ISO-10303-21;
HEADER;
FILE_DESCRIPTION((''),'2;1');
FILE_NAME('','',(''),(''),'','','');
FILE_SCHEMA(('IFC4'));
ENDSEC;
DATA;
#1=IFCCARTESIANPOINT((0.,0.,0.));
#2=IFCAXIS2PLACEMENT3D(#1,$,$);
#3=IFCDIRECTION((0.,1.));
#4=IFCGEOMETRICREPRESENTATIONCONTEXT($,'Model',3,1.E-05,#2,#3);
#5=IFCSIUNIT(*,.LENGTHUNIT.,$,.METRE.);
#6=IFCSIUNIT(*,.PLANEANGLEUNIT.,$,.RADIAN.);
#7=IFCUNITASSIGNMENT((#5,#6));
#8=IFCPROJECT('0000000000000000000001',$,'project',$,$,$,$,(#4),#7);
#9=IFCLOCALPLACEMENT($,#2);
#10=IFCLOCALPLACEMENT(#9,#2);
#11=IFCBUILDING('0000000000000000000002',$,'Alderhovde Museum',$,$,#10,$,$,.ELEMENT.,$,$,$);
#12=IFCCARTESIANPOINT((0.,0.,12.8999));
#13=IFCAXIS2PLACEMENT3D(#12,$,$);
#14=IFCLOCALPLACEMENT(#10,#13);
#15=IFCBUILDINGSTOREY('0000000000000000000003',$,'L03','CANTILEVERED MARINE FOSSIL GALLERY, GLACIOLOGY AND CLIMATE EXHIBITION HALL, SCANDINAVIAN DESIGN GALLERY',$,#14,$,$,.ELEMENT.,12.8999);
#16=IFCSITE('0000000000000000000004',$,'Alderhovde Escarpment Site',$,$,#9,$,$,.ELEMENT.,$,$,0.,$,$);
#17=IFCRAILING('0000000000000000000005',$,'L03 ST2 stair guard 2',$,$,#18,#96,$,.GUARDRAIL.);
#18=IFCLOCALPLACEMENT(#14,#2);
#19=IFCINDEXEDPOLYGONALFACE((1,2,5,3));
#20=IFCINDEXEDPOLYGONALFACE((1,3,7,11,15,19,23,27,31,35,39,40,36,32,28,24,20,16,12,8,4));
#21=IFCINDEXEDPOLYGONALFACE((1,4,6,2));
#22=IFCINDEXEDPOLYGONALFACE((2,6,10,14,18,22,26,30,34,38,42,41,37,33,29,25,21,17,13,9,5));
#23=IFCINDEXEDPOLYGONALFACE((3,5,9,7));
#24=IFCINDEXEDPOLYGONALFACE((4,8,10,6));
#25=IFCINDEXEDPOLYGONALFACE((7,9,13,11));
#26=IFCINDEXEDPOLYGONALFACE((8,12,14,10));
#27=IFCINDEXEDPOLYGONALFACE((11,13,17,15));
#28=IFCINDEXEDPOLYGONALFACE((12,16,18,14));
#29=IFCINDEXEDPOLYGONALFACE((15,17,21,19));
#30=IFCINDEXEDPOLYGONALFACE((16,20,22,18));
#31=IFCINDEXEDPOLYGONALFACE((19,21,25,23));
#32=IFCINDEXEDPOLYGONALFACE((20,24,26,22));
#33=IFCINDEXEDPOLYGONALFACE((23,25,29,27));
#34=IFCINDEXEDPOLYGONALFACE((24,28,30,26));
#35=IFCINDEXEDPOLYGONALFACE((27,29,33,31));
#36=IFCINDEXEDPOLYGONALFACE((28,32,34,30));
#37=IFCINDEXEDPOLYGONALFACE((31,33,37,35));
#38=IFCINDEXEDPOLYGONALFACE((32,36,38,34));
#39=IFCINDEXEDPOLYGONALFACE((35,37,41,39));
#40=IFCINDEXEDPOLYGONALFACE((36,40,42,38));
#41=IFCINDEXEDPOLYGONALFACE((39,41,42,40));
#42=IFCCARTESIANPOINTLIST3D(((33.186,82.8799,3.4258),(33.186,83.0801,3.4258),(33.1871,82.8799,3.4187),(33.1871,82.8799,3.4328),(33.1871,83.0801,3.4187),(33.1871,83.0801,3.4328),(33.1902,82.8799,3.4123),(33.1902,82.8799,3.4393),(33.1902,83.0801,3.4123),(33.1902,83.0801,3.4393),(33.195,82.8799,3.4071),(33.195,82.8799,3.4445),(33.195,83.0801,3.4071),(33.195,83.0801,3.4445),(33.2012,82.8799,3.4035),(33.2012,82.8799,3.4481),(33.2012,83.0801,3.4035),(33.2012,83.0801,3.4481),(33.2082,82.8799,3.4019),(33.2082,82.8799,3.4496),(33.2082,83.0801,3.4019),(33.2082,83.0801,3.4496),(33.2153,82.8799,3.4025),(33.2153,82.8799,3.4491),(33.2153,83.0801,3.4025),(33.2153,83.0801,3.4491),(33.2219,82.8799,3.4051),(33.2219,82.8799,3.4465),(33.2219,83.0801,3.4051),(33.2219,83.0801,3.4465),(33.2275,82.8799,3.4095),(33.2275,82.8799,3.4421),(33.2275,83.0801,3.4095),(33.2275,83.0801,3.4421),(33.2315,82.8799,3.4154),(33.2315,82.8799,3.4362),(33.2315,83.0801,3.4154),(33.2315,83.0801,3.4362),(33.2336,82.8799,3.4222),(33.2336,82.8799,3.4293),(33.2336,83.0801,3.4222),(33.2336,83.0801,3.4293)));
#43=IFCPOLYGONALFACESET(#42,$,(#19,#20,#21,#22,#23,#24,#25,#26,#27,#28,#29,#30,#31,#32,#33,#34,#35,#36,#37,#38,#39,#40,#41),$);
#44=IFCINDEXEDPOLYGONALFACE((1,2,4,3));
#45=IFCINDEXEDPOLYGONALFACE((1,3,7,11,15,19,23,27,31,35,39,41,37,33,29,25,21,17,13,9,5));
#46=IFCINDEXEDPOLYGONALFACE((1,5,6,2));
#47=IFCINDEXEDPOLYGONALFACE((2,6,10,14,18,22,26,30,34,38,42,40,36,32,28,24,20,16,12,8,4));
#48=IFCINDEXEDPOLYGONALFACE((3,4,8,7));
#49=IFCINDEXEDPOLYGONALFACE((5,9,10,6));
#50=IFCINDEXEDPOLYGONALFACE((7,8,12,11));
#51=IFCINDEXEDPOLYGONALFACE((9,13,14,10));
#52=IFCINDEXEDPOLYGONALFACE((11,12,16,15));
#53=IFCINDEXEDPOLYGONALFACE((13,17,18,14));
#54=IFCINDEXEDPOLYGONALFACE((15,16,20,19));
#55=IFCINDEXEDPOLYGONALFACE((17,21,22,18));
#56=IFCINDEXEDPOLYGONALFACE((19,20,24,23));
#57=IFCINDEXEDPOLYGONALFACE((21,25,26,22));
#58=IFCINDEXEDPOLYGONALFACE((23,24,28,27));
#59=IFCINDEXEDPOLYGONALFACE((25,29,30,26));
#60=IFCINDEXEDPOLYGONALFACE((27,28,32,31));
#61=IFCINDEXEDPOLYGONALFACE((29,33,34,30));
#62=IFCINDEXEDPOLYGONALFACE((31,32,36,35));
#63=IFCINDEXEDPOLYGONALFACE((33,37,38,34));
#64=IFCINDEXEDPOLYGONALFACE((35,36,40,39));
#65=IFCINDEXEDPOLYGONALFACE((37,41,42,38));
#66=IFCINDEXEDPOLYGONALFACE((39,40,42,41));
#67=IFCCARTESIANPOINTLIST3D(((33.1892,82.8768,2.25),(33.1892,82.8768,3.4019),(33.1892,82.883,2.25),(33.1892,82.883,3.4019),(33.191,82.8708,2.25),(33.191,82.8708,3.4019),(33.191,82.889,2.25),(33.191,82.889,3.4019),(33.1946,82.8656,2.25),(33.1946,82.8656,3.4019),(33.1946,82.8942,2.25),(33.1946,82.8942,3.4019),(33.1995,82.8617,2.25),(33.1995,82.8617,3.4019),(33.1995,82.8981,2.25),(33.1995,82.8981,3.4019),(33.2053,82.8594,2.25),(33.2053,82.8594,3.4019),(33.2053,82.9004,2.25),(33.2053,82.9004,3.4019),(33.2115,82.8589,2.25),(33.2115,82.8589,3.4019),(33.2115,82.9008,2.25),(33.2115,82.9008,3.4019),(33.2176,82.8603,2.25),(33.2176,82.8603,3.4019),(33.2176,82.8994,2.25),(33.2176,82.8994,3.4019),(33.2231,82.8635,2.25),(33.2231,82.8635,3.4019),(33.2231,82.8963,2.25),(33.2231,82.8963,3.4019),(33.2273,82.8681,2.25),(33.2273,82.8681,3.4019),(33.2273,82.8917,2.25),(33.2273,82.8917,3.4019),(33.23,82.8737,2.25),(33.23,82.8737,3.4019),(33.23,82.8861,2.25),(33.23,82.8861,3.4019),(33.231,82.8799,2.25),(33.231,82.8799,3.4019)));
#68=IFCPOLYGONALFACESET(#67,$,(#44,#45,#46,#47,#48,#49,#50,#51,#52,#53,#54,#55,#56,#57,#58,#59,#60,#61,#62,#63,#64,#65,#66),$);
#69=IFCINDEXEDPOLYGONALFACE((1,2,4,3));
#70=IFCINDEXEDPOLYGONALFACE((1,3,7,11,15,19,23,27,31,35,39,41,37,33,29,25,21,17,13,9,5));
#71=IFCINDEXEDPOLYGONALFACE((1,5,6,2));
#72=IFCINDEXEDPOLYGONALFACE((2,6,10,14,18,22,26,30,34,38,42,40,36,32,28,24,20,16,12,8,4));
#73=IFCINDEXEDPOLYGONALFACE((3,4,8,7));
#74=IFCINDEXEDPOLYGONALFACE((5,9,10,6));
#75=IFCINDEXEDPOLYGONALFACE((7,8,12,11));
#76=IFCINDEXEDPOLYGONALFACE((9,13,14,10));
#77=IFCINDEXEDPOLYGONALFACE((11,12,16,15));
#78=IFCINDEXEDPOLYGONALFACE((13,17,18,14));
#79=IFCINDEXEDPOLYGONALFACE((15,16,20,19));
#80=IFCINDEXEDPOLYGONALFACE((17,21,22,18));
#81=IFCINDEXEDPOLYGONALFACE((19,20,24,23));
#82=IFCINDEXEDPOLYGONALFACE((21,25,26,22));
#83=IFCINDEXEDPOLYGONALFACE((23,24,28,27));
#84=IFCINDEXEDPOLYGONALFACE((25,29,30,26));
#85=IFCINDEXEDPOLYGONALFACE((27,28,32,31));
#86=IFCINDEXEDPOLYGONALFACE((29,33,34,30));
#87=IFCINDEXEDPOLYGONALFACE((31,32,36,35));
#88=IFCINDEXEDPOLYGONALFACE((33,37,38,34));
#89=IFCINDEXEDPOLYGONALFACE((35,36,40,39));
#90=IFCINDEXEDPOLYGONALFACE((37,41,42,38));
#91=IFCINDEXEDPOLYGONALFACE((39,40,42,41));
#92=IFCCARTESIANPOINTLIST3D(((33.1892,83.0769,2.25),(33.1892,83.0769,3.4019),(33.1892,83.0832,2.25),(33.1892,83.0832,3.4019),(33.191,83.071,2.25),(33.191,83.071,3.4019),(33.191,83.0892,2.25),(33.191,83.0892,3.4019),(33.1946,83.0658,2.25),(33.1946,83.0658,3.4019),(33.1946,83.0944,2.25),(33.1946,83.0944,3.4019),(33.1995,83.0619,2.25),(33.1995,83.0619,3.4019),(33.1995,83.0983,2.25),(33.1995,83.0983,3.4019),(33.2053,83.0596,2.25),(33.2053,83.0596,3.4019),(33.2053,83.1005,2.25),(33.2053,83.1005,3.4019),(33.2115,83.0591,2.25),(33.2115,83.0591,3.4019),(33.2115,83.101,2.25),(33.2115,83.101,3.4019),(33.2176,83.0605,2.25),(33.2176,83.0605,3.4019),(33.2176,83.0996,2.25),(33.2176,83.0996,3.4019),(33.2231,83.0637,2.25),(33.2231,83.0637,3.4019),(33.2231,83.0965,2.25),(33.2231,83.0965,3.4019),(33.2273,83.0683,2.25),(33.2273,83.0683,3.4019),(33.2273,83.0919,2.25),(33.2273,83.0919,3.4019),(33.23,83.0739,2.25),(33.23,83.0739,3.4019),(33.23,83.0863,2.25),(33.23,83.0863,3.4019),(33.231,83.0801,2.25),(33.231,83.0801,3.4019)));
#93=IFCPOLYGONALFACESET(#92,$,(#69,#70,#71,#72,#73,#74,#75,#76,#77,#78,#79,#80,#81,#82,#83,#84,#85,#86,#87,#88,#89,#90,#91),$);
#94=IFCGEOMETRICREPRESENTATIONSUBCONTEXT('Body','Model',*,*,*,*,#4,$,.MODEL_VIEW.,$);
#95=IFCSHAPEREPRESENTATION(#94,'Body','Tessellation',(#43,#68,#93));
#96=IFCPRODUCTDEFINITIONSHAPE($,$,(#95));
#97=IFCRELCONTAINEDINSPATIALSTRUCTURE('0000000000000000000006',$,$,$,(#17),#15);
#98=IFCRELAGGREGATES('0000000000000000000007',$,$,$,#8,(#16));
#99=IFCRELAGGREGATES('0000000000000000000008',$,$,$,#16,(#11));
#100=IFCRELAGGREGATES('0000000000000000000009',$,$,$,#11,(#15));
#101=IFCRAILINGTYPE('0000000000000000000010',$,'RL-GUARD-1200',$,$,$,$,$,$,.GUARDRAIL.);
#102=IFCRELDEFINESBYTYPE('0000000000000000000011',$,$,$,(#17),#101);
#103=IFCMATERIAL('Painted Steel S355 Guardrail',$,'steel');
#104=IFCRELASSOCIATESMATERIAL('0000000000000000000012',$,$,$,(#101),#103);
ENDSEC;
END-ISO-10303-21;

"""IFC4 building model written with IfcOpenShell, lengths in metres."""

from ifc_helpers import new_model, si_unit, direction, frame, origin, origin_2d, place, context, subcontext, project, spatial, circle, extrude, material, type_object, element, save


model = new_model("IFC4")

# Units and contexts
model_context = context("Model", 3, precision=1e-05, world=origin(), true_north=direction((0.0, 1.0)))
body_context = subcontext(model_context, "Body", "Model", "MODEL_VIEW")
ifc_project = project(units=[si_unit("LENGTHUNIT", "METRE"), si_unit("PLANEANGLEUNIT", "RADIAN")], contexts=[model_context])

# Site, building, storey
site_placement = place(None, origin())
site = spatial("IfcSite", under=ifc_project, at=site_placement, Name="Alderhovde Escarpment Site", CompositionType="ELEMENT", RefElevation=0.0)
building_placement = place(site_placement, origin())
building = spatial("IfcBuilding", under=site, at=building_placement, Name="Alderhovde Museum", CompositionType="ELEMENT")
storey_placement = place(building_placement, frame((0.0, 0.0, 12.8999)))
storey = spatial("IfcBuildingStorey", under=building, at=storey_placement, Name="L03", Description="CANTILEVERED MARINE FOSSIL GALLERY, GLACIOLOGY AND CLIMATE EXHIBITION HALL, SCANDINAVIAN DESIGN GALLERY", CompositionType="ELEMENT", Elevation=12.8999)

# Railing
ifc_material_1 = material(Name="Painted Steel S355 Guardrail", Category="steel")
railing_type_1 = type_object("IfcRailingType", Name="RL-GUARD-1200", PredefinedType="GUARDRAIL", material=ifc_material_1)
railing_1_placement = place(storey_placement, frame((33.21, 82.8799, 2.25)))
element("IfcRailing", 1, at=railing_1_placement, inside=storey, type_object=railing_type_1, Name="L03 ST2 stair guard 2", PredefinedType="GUARDRAIL", context=body_context, shape_type="SweptSolid", body=[
    extrude(circle(Radius=0.0239, at=origin_2d()), frame((0.0, 0.0, 1.1758), z_axis=(0.0, 1.0, 0.0), x_axis=(-1.0, 0.0, 0.0)), (0.0, 0.0, 1.0), 0.2002),
    extrude(circle(Radius=0.021, at=origin_2d()), origin(), (0.0, 0.0, 1.0), 1.1519),
    extrude(circle(Radius=0.021, at=origin_2d()), frame((0.0, 0.2002, 0.0)), (0.0, 0.0, 1.0), 1.1519),
])

save(model, "model.ifc")
